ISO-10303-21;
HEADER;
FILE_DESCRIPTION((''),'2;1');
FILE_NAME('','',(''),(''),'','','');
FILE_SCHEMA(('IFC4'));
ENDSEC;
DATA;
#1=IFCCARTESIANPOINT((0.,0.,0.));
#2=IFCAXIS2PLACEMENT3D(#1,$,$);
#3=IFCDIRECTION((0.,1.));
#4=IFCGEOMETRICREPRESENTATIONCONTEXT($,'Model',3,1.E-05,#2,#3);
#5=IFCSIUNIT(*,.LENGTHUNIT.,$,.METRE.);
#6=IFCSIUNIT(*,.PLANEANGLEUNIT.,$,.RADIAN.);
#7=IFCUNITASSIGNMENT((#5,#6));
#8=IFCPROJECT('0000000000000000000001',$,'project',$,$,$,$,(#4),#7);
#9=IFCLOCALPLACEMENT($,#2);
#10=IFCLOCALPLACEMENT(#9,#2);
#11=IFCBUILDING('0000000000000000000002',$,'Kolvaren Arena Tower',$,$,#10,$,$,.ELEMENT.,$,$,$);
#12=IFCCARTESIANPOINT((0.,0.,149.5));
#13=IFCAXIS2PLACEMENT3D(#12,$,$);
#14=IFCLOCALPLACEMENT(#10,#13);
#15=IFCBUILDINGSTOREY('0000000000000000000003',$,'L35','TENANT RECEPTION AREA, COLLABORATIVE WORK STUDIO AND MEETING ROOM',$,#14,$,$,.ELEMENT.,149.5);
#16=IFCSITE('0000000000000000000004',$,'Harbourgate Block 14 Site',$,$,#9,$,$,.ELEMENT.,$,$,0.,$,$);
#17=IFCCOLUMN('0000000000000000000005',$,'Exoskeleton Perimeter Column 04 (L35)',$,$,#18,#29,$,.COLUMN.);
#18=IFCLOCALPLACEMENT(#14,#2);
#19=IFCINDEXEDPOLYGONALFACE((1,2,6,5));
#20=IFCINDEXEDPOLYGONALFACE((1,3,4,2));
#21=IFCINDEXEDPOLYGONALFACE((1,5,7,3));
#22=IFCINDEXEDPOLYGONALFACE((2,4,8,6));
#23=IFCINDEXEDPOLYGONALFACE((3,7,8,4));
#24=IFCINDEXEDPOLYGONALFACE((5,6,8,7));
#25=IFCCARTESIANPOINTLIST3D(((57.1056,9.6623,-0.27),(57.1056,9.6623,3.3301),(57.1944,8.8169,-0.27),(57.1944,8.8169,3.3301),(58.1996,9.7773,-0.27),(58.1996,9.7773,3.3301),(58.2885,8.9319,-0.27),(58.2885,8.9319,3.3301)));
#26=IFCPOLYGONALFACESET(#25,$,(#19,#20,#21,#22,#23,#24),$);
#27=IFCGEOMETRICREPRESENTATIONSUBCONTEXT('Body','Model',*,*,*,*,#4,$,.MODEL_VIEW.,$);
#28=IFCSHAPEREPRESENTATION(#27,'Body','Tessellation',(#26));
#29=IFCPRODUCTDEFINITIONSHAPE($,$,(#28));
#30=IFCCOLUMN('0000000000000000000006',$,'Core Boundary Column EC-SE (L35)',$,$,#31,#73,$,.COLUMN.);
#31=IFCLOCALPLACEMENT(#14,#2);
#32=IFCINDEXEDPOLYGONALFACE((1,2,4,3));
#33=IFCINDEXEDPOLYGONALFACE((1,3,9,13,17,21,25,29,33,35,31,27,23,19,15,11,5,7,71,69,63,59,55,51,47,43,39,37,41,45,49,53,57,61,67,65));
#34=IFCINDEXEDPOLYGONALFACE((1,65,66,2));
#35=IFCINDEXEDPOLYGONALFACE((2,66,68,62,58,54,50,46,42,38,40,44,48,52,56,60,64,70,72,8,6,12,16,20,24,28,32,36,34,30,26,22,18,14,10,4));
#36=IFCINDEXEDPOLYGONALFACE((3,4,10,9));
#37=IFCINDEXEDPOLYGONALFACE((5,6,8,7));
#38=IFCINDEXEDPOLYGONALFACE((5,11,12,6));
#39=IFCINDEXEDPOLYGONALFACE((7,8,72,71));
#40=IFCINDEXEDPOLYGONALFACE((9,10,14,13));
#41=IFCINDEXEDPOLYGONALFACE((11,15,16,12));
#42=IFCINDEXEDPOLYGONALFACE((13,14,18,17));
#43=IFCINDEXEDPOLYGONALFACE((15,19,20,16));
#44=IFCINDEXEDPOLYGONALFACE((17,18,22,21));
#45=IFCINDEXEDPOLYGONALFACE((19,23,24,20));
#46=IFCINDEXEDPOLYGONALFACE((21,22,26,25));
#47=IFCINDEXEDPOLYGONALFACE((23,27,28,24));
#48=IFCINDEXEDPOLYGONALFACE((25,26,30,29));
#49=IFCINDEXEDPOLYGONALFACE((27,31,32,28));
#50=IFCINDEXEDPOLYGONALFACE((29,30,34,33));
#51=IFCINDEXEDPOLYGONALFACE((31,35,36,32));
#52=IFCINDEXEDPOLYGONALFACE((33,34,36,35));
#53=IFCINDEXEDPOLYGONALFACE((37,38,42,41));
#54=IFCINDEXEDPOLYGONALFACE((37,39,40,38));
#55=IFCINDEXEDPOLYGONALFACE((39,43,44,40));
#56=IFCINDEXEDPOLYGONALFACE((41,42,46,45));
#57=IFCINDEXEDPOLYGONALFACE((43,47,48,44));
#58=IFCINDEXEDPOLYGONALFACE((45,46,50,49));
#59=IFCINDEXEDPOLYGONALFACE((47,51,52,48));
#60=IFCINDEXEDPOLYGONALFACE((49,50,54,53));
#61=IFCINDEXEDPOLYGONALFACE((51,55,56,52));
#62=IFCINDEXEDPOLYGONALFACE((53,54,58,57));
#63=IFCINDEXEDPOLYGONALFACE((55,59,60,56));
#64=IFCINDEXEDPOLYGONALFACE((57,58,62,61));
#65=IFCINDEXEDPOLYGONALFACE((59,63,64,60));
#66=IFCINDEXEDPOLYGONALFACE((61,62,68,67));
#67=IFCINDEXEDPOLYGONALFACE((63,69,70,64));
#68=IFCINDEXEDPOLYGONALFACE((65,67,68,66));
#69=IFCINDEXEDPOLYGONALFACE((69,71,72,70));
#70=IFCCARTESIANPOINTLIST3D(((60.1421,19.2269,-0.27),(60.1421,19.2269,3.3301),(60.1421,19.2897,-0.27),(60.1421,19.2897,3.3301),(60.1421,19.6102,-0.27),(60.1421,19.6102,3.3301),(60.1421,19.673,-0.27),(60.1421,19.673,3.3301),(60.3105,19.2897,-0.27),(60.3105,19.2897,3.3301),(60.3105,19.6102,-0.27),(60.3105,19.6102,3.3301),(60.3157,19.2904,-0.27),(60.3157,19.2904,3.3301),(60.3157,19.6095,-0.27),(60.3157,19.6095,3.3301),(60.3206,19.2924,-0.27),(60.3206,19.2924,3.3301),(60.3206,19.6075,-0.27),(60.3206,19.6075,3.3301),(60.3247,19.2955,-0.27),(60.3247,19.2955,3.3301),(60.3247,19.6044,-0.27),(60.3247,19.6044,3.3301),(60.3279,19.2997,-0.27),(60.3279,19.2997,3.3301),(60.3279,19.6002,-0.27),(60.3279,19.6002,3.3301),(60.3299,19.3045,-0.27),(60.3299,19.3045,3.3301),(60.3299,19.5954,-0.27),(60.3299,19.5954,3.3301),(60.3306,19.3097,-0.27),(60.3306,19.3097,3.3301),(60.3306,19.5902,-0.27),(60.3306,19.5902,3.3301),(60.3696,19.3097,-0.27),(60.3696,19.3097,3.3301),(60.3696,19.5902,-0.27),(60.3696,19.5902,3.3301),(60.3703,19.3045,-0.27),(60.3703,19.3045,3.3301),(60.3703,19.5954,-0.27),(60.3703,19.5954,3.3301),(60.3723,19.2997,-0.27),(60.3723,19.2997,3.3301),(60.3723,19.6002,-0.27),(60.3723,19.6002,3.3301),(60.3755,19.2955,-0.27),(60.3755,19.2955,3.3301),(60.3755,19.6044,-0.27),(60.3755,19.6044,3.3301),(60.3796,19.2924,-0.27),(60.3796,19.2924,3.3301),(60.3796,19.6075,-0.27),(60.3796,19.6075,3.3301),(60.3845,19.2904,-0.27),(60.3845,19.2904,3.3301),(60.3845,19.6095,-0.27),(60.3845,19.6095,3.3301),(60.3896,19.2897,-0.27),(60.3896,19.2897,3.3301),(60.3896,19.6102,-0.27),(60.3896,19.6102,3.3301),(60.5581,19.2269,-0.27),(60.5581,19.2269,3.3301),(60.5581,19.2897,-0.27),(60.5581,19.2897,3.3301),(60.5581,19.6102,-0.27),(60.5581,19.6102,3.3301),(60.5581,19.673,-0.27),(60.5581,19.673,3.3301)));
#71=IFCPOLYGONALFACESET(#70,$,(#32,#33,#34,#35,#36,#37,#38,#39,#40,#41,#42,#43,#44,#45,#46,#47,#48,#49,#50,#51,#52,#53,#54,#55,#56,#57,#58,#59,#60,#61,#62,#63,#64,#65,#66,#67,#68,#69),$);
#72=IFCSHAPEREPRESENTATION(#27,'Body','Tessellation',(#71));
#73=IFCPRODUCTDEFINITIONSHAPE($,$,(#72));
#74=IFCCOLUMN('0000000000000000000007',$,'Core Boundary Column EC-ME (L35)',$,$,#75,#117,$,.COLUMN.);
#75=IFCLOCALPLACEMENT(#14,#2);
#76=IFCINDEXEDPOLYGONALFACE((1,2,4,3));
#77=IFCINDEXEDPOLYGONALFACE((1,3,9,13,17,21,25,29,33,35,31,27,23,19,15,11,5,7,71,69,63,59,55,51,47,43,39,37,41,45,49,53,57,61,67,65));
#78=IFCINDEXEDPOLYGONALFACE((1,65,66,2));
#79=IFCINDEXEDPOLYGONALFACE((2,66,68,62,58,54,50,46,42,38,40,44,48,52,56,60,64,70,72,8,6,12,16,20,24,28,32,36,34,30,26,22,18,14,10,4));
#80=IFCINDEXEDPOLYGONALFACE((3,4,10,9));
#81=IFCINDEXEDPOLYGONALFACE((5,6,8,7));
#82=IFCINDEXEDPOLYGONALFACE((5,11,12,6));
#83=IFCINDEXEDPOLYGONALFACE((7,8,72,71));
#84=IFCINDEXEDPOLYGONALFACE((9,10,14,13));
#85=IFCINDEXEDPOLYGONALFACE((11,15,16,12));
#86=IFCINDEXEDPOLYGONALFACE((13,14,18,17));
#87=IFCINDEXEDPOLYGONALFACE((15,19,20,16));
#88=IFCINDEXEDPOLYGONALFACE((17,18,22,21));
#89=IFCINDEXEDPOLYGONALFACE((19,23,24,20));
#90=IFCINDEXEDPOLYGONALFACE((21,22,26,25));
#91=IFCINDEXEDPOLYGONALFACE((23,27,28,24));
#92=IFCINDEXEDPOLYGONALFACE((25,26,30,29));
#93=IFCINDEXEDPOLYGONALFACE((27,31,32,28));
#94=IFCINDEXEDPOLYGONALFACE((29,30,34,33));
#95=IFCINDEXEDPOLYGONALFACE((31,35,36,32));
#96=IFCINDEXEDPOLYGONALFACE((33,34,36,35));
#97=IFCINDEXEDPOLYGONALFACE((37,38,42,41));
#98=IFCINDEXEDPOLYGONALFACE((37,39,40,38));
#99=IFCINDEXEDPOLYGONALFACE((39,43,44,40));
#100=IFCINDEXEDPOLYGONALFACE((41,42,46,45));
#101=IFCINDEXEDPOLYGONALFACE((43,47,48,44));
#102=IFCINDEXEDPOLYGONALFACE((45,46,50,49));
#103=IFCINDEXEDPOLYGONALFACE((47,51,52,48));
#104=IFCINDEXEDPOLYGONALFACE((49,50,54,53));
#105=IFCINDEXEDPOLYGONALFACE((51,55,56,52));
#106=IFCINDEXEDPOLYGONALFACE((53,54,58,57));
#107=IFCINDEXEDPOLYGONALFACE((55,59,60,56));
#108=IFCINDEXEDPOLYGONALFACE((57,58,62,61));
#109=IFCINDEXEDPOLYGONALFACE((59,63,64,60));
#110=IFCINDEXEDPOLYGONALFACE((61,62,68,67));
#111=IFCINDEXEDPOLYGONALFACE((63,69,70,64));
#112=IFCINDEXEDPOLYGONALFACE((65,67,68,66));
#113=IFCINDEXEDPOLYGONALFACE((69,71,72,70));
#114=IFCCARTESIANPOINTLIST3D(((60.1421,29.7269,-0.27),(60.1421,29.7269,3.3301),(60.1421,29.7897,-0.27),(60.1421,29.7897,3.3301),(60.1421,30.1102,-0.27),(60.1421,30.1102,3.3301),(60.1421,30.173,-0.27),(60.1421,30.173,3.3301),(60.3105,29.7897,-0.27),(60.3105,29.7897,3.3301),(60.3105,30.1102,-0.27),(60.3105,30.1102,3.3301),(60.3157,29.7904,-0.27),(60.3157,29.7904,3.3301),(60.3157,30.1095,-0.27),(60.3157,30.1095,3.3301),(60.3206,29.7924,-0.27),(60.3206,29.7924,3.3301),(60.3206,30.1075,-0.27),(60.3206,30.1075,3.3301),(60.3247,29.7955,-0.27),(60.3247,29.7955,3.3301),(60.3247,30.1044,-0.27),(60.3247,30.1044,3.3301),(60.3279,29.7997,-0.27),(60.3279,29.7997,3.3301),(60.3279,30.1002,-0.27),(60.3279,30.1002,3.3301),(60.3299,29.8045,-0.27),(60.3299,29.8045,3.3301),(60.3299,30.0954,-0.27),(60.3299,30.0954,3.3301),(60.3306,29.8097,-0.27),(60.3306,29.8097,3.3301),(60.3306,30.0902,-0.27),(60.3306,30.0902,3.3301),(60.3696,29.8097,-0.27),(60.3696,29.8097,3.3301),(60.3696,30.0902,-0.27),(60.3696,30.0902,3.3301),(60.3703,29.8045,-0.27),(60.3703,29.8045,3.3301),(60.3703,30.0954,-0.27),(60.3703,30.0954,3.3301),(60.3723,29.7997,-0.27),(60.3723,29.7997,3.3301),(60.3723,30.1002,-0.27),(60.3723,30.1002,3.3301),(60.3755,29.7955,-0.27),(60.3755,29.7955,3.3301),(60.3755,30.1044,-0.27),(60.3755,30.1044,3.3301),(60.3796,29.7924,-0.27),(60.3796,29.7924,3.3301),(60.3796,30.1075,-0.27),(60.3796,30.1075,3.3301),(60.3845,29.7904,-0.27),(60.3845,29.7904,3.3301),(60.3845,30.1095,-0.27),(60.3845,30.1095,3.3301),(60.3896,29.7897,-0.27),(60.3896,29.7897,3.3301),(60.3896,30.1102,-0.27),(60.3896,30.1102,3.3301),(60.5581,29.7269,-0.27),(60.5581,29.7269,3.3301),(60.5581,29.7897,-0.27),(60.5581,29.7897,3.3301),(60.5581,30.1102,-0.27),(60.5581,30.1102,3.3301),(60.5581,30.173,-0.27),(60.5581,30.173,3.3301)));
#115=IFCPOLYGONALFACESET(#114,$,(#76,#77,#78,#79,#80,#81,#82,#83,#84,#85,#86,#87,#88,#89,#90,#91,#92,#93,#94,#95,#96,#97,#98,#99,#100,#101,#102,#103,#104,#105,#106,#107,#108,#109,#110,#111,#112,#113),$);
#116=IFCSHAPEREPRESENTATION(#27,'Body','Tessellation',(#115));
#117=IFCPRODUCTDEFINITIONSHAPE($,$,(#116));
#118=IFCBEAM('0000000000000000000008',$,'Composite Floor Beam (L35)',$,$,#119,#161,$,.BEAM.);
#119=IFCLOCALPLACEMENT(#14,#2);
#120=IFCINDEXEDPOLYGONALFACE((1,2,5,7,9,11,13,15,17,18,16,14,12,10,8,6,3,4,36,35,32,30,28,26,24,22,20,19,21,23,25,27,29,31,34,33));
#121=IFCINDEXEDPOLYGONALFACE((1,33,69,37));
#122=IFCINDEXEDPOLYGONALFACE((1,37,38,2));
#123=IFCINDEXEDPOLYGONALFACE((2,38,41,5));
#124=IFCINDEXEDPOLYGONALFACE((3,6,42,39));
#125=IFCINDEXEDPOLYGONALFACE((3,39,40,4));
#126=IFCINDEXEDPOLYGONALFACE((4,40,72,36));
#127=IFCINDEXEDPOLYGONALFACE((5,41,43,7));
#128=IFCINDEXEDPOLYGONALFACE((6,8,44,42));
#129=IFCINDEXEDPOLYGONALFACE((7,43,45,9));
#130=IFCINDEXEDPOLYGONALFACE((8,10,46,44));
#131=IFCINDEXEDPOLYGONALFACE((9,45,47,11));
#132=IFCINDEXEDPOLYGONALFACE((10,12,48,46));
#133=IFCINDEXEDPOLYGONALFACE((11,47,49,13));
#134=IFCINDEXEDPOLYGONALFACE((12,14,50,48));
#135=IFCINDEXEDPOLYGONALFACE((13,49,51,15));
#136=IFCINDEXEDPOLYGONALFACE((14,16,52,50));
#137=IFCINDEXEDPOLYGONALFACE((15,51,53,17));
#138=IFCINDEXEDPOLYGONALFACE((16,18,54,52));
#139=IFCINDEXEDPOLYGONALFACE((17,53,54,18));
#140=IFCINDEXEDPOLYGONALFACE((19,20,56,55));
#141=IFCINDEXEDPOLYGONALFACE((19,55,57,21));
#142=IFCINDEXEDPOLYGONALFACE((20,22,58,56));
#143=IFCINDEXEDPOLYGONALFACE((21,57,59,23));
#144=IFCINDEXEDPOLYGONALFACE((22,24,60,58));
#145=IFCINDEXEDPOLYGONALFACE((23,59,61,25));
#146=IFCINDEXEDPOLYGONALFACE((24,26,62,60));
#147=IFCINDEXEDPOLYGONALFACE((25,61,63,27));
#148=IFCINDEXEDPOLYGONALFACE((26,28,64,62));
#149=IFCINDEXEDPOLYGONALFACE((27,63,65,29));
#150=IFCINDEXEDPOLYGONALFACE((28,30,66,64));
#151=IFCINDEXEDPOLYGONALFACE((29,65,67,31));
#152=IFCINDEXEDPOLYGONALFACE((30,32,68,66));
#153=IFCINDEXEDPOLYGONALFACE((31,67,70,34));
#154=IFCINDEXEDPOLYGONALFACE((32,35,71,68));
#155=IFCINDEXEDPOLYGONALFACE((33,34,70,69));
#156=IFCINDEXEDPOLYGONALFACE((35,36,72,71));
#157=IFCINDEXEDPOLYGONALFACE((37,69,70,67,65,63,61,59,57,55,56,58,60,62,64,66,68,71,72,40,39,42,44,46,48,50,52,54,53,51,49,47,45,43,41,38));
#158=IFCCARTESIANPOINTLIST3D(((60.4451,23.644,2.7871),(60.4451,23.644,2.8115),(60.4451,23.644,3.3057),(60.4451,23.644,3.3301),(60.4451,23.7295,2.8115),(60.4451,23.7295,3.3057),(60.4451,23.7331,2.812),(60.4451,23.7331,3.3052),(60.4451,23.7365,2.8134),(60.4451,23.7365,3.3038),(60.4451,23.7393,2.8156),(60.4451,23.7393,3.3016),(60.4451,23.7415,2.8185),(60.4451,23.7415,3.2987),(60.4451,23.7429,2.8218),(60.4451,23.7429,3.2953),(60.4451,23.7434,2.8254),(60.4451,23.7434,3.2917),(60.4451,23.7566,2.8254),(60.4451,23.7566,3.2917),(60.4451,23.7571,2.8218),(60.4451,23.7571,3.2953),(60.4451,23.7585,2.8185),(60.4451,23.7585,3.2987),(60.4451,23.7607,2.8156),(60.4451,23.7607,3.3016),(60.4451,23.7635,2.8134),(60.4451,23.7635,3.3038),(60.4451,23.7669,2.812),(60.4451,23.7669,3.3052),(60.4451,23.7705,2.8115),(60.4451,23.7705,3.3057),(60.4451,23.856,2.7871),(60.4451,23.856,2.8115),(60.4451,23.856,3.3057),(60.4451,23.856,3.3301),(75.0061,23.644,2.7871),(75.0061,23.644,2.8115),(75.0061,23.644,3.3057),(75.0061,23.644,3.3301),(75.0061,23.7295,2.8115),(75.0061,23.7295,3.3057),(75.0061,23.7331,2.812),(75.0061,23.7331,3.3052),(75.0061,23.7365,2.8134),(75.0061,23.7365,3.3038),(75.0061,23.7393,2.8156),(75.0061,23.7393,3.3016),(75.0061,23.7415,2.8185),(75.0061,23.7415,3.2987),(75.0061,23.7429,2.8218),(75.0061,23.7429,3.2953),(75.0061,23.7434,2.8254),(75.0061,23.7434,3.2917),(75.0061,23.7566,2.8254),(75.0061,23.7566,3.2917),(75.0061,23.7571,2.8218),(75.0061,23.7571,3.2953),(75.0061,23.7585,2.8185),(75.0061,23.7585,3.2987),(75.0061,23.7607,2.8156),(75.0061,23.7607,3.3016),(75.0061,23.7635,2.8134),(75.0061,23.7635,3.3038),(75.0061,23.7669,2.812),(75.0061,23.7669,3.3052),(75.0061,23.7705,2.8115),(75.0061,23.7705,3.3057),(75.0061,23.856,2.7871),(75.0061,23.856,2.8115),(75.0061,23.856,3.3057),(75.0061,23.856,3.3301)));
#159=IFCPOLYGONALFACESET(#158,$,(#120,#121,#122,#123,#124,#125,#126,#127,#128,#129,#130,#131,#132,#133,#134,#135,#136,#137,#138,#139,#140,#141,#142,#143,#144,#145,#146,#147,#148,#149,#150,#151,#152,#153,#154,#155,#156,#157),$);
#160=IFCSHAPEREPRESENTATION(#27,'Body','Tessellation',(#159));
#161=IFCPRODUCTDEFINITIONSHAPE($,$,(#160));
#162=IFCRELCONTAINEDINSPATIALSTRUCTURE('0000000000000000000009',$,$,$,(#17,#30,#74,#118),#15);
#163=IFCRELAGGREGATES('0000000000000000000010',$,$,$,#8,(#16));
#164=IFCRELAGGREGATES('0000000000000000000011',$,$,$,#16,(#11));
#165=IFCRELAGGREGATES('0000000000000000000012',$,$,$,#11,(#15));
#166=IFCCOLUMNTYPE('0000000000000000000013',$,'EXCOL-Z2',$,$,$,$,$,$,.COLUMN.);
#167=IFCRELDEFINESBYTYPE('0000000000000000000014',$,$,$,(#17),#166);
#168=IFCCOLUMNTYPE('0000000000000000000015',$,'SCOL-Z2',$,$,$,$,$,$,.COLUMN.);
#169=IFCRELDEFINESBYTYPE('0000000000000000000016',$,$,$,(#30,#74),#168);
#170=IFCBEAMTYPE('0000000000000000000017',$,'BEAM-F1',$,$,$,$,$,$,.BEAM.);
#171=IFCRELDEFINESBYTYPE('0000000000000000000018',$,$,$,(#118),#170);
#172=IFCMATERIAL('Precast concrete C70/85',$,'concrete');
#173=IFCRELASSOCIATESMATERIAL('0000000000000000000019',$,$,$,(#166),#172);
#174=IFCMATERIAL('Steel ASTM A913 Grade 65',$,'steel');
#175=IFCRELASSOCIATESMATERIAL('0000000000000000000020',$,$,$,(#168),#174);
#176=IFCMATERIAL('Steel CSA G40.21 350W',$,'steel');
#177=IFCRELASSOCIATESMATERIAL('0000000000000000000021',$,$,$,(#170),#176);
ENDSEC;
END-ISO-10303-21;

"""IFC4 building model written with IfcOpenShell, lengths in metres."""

from ifc_helpers import new_model, si_unit, direction, frame, origin, origin_2d, place, context, subcontext, project, spatial, rectangle, i_section, extrude, material, material_profile, profile_set, type_object, element, save


model = new_model("IFC4")

# Units and contexts
model_context = context("Model", 3, precision=1e-05, world=origin(), true_north=direction((0.0, 1.0)))
body_context = subcontext(model_context, "Body", "Model", "MODEL_VIEW")
ifc_project = project(units=[si_unit("LENGTHUNIT", "METRE"), si_unit("PLANEANGLEUNIT", "RADIAN")], contexts=[model_context])

# Site, building, storey
site_placement = place(None, origin())
site = spatial("IfcSite", under=ifc_project, at=site_placement, Name="Harbourgate Block 14 Site", CompositionType="ELEMENT", RefElevation=0.0)
building_placement = place(site_placement, origin())
building = spatial("IfcBuilding", under=site, at=building_placement, Name="Kolvaren Arena Tower", CompositionType="ELEMENT")
storey_placement = place(building_placement, frame((0.0, 0.0, 149.5)))
storey = spatial("IfcBuildingStorey", under=building, at=storey_placement, Name="L35", Description="TENANT RECEPTION AREA, COLLABORATIVE WORK STUDIO AND MEETING ROOM", CompositionType="ELEMENT", Elevation=149.5)

# Columns
ifc_material_1 = material(Name="Precast concrete C70/85", Category="concrete")
ifc_material_profile_1 = material_profile(ifc_material_1, rectangle(XDim=1.1001, YDim=0.8501, at=origin_2d()), Name="RC-1100x850")
ifc_profile_set_1 = profile_set([ifc_material_profile_1], Name="Precast concrete C70/85")
column_type_1 = type_object("IfcColumnType", Name="EXCOL-Z2", PredefinedType="COLUMN", material=ifc_profile_set_1)
column_placement = place(storey_placement, frame((57.697, 9.2971, -0.27), z_axis=(0.0, 0.0, 1.0), x_axis=(0.994522, 0.104528, 0.0)))
element("IfcColumn", 1, at=column_placement, inside=storey, type_object=column_type_1, Name="Exoskeleton Perimeter Column 04 (L35)", PredefinedType="COLUMN", context=body_context, shape_type="SweptSolid", body=[
    extrude(rectangle(XDim=1.1001, YDim=0.8501, at=origin_2d()), origin(), (0.0, 0.0, 1.0), 3.6001),
])
ifc_material_2 = material(Name="Steel ASTM A913 Grade 65", Category="steel")
ifc_material_profile_2 = material_profile(ifc_material_2, i_section(OverallWidth=0.416, OverallDepth=0.446, WebThickness=0.0391, FlangeThickness=0.0627, FilletRadius=0.02, at=origin_2d()), Name="W360x509")
ifc_profile_set_2 = profile_set([ifc_material_profile_2], Name="Steel ASTM A913 Grade 65")
column_type_2 = type_object("IfcColumnType", Name="SCOL-Z2", PredefinedType="COLUMN", material=ifc_profile_set_2)
for number, where, z_axis, x_axis, name in (
    (2, (60.3501, 19.45, -0.27), (0.0, 0.0, 1.0), (1.0, 0.0, 0.0), "Core Boundary Column EC-SE (L35)"),
    (3, (60.3501, 29.95, -0.27), (0.0, 0.0, 1.0), (1.0, 0.0, 0.0), "Core Boundary Column EC-ME (L35)"),
):
    element("IfcColumn", number, at=place(storey_placement, frame(where, z_axis=z_axis, x_axis=x_axis)), inside=storey, type_object=column_type_2, Name=name, PredefinedType="COLUMN", context=body_context, shape_type="SweptSolid", body=[
        extrude(i_section(OverallWidth=0.416, OverallDepth=0.446, WebThickness=0.0391, FlangeThickness=0.0627, FilletRadius=0.02, at=origin_2d()), origin(), (0.0, 0.0, 1.0), 3.6001),
    ])

# Beam
ifc_material_3 = material(Name="Steel CSA G40.21 350W", Category="steel")
ifc_material_profile_3 = material_profile(ifc_material_3, i_section(OverallWidth=0.2119, OverallDepth=0.543, WebThickness=0.0132, FlangeThickness=0.0244, FilletRadius=0.0139, at=origin_2d()), Name="W530x150")
ifc_profile_set_3 = profile_set([ifc_material_profile_3], Name="Steel CSA G40.21 350W")
beam_type_1 = type_object("IfcBeamType", Name="BEAM-F1", PredefinedType="BEAM", material=ifc_profile_set_3)
beam_1_placement = place(storey_placement, frame((60.4451, 23.75, 3.0586), z_axis=(1.0, 0.0, 0.0), x_axis=(0.0, 1.0, 0.0)))
element("IfcBeam", 4, at=beam_1_placement, inside=storey, type_object=beam_type_1, Name="Composite Floor Beam (L35)", PredefinedType="BEAM", context=body_context, shape_type="SweptSolid", body=[
    extrude(i_section(OverallWidth=0.2119, OverallDepth=0.543, WebThickness=0.0132, FlangeThickness=0.0244, FilletRadius=0.0139, at=origin_2d()), origin(), (0.0, 0.0, 1.0), 14.561),
])

save(model, "model.ifc")
